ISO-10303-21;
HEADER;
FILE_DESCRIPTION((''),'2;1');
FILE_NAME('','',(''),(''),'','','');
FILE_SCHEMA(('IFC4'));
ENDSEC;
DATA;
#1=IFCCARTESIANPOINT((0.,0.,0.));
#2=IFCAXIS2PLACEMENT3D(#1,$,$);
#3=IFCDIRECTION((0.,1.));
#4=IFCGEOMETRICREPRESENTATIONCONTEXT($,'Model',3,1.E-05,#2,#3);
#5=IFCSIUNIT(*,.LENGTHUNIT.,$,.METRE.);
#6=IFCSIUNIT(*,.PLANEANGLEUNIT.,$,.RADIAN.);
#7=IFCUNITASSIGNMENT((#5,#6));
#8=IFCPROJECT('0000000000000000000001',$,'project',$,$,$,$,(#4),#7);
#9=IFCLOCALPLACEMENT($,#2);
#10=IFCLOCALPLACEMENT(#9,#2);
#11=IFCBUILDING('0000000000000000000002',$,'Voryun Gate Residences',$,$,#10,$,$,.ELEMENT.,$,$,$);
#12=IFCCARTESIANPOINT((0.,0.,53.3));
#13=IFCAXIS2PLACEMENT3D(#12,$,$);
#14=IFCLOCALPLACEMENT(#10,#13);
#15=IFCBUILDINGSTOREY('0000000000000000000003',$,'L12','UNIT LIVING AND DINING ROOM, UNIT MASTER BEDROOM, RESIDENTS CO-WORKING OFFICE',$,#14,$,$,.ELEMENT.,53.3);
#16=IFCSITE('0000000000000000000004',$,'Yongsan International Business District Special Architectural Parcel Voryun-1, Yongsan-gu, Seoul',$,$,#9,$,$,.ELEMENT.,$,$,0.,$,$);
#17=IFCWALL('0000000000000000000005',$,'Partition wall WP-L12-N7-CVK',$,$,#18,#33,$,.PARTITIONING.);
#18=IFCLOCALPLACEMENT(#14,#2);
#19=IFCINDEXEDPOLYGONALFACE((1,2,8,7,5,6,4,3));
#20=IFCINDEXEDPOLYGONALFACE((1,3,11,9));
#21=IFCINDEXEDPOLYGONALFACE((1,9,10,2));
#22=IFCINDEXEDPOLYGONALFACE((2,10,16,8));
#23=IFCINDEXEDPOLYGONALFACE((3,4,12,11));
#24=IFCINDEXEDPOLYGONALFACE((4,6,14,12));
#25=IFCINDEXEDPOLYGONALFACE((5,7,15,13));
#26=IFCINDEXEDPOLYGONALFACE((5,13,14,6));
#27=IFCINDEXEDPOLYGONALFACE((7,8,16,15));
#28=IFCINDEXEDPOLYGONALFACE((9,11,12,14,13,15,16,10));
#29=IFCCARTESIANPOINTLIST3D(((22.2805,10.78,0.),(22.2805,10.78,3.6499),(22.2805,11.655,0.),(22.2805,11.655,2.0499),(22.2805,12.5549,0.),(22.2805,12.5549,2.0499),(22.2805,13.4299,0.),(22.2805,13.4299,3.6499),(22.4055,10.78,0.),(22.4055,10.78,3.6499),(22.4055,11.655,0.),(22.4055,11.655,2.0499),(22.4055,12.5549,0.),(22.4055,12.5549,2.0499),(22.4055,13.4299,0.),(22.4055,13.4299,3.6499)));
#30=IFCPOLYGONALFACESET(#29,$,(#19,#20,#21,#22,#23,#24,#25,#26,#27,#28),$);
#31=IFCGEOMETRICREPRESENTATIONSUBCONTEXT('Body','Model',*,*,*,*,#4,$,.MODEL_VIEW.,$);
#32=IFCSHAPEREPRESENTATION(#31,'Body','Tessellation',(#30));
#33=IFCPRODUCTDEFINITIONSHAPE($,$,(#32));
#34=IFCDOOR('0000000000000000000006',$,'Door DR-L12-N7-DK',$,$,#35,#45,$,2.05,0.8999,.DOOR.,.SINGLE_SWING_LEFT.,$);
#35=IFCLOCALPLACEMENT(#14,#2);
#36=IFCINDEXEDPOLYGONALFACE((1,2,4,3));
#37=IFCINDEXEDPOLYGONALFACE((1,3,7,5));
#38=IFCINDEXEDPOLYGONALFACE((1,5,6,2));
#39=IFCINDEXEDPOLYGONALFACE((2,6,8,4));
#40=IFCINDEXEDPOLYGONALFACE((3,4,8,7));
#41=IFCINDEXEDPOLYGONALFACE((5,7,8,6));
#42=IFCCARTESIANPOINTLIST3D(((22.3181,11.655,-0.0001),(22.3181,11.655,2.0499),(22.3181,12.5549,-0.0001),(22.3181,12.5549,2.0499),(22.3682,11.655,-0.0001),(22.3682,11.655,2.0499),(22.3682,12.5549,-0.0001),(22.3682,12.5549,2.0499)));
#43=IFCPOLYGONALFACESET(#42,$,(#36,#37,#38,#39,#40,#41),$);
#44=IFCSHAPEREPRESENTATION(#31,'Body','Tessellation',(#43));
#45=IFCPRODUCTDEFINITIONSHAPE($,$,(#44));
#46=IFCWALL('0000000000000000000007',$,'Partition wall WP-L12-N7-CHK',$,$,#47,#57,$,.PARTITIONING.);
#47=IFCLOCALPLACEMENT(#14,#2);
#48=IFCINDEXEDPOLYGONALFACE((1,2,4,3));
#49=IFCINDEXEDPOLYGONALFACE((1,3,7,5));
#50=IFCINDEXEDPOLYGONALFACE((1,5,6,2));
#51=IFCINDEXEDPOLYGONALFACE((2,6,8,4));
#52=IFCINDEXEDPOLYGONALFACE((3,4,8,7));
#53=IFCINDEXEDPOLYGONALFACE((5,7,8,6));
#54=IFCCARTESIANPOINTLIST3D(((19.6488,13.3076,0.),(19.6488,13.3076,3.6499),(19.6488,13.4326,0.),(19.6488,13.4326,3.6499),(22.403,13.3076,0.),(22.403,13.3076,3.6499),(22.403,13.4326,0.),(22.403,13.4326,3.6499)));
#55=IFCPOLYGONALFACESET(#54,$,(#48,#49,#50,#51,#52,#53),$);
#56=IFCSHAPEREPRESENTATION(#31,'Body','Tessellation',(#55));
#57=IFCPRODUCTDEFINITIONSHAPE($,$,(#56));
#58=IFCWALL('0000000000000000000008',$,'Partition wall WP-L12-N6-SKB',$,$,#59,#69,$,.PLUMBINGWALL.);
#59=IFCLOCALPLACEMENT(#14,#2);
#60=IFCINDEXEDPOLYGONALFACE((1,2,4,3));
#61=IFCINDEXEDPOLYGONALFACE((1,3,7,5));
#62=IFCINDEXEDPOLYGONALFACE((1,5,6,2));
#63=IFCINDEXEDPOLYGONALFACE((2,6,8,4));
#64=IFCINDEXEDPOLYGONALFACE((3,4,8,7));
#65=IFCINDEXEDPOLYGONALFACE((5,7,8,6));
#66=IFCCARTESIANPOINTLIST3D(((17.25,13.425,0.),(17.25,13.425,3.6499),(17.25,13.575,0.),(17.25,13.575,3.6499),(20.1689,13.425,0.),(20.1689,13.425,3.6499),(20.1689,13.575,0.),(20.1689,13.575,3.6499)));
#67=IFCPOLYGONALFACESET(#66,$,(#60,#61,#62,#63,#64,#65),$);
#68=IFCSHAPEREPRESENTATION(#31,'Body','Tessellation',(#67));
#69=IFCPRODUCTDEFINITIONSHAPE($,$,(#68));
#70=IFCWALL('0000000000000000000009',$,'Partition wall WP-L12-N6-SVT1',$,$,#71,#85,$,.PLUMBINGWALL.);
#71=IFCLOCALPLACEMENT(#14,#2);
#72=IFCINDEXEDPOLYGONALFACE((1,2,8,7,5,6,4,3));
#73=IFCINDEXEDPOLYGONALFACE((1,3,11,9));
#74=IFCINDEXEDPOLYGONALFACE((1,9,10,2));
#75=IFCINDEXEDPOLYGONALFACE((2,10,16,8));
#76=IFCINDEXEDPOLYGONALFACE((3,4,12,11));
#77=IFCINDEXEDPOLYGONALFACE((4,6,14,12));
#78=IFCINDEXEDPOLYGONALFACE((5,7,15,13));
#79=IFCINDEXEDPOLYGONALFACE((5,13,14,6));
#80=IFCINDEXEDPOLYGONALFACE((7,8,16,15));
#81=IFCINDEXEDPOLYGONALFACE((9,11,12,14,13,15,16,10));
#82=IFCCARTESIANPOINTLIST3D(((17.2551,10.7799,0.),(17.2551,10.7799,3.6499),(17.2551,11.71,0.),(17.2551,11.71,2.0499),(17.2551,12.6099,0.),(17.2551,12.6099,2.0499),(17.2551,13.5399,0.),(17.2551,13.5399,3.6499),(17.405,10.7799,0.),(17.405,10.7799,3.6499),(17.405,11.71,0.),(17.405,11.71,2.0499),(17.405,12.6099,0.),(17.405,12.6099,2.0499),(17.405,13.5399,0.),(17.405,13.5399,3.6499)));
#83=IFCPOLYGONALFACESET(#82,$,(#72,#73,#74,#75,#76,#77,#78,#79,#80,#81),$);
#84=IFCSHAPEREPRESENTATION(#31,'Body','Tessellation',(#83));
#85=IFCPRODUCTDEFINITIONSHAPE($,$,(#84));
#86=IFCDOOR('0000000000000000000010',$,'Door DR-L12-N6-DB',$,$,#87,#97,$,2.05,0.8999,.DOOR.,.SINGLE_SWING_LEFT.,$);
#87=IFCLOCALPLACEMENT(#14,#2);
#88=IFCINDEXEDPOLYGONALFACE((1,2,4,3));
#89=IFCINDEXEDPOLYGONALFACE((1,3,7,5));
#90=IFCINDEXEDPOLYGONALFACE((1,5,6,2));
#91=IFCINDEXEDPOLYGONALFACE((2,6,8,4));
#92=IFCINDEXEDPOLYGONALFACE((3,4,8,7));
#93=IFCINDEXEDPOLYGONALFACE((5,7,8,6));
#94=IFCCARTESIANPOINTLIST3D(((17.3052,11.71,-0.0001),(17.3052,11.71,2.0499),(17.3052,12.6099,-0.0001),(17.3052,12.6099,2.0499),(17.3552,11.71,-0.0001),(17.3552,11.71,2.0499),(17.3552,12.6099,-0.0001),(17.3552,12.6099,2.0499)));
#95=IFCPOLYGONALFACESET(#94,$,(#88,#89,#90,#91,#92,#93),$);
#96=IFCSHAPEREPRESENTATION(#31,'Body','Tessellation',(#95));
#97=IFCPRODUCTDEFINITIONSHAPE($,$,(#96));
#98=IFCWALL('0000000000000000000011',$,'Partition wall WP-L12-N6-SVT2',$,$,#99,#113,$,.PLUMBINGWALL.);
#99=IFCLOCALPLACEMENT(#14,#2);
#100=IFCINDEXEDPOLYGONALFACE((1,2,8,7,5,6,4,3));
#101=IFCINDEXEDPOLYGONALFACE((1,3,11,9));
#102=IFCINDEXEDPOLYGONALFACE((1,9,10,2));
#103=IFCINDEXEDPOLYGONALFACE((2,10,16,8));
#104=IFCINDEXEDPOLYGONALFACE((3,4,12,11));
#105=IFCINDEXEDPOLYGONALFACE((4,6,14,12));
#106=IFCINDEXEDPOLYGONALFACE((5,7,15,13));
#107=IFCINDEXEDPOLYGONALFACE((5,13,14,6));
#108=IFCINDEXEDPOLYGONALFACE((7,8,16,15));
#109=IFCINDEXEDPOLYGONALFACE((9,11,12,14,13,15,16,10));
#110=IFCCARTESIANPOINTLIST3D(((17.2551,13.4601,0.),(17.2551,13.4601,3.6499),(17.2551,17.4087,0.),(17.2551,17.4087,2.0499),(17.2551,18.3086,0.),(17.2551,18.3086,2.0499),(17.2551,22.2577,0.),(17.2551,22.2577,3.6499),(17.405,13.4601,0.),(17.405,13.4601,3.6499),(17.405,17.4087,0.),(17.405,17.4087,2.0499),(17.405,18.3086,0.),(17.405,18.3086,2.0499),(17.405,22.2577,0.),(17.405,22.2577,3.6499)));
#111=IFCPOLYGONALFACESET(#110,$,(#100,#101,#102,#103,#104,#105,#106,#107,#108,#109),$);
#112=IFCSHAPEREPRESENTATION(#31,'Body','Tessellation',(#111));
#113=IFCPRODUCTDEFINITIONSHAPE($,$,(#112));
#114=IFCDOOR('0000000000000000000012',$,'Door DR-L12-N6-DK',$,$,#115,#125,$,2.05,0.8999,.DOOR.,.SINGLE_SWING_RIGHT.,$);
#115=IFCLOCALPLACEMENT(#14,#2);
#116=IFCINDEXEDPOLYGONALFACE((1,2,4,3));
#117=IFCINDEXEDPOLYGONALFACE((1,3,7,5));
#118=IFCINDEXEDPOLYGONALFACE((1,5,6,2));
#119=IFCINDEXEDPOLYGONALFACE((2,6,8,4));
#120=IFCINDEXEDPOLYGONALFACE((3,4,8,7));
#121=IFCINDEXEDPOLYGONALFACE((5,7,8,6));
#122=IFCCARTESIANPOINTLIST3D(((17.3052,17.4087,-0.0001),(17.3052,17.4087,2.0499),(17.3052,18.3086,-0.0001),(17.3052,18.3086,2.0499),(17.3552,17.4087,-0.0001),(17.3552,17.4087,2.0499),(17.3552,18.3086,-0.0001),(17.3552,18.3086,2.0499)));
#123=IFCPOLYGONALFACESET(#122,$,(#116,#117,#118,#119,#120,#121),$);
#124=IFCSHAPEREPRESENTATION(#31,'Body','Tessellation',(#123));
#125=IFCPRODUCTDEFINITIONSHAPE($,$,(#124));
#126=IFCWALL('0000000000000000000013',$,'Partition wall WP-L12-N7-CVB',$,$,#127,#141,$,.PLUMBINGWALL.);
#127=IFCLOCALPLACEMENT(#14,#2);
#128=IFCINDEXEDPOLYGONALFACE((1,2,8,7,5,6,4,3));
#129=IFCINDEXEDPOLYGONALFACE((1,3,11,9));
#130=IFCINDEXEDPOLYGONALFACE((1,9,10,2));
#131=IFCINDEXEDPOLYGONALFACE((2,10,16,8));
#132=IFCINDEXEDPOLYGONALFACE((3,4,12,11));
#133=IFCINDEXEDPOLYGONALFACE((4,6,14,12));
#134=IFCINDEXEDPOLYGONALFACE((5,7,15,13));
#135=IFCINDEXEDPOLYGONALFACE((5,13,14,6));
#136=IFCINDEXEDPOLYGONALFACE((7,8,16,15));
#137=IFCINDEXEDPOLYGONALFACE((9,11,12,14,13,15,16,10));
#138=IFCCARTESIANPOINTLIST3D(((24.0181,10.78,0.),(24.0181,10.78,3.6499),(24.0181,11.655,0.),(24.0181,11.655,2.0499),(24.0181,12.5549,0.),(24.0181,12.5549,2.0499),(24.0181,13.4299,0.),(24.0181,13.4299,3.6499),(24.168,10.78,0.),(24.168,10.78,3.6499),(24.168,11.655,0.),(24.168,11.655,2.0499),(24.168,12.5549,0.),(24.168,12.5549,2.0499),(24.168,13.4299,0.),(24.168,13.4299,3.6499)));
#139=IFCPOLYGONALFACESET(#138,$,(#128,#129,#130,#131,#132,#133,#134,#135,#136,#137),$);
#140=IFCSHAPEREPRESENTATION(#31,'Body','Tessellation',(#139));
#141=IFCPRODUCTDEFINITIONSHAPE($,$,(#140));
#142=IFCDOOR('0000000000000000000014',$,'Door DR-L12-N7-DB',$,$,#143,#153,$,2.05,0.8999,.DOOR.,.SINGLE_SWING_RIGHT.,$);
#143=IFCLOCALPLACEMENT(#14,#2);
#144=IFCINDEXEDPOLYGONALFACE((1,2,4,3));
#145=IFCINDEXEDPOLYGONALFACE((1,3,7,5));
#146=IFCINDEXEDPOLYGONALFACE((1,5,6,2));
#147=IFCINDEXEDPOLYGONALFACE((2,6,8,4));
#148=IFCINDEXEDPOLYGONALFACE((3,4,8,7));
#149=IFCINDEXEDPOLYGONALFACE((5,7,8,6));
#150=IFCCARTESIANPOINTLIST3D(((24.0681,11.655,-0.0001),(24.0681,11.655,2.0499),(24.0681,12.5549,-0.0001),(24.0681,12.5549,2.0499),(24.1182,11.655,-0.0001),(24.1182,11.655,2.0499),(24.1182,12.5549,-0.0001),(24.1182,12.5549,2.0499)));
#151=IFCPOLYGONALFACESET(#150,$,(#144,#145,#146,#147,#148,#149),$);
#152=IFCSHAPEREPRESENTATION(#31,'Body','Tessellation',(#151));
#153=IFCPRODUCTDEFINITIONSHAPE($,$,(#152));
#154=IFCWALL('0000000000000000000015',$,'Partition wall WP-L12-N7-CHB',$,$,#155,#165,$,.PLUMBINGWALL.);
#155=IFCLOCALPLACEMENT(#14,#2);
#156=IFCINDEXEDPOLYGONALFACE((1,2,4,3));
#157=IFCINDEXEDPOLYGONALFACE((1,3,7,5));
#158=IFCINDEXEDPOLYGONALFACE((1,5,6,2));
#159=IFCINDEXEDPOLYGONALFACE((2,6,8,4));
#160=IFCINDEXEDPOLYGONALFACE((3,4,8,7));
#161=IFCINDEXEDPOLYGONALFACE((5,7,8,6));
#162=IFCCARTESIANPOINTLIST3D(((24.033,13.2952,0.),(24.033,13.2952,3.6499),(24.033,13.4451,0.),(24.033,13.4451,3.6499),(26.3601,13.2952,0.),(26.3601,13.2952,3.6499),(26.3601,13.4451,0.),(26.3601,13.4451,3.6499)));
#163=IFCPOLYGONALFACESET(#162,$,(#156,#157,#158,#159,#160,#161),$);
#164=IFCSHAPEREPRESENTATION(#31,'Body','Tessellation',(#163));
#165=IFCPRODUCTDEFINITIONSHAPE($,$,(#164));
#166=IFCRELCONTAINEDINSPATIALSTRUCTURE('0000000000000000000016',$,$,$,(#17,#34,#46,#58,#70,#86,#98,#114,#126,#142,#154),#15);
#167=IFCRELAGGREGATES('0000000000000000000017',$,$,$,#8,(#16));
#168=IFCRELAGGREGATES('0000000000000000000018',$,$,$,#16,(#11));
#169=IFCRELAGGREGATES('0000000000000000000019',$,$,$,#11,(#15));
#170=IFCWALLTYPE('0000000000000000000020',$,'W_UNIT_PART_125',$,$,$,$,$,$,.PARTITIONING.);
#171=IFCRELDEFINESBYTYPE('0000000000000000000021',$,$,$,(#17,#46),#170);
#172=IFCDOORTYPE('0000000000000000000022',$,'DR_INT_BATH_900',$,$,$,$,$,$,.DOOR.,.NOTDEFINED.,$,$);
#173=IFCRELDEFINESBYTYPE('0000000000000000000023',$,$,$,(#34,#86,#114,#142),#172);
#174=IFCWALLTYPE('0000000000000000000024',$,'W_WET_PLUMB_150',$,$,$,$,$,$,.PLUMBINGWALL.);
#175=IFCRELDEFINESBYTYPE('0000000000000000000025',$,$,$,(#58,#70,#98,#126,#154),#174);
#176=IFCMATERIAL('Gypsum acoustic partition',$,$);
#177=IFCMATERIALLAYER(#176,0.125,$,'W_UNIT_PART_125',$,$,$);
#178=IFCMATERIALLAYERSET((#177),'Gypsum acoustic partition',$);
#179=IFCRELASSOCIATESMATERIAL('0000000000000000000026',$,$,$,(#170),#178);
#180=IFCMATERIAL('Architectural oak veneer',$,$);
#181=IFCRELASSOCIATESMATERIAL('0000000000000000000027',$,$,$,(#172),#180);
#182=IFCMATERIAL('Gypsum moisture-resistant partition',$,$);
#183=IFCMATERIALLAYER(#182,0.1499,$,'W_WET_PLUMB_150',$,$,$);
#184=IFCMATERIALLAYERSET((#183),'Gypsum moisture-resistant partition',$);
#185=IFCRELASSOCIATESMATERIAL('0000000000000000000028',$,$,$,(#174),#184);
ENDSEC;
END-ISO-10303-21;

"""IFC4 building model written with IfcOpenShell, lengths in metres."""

from ifc_helpers import new_model, si_unit, direction, frame, frame_2d, origin, place, context, subcontext, project, spatial, rectangle, extrude, material, layer, layer_set, type_object, element, fill, save


model = new_model("IFC4")

# Units and contexts
model_context = context("Model", 3, precision=1e-05, world=origin(), true_north=direction((0.0, 1.0)))
body_context = subcontext(model_context, "Body", "Model", "MODEL_VIEW")
ifc_project = project(units=[si_unit("LENGTHUNIT", "METRE"), si_unit("PLANEANGLEUNIT", "RADIAN")], contexts=[model_context])

# Site, building, storey
site_placement = place(None, origin())
site = spatial("IfcSite", under=ifc_project, at=site_placement, Name="Yongsan International Business District Special Architectural Parcel Voryun-1, Yongsan-gu, Seoul", CompositionType="ELEMENT", RefElevation=0.0)
building_placement = place(site_placement, origin())
building = spatial("IfcBuilding", under=site, at=building_placement, Name="Voryun Gate Residences", CompositionType="ELEMENT")
storey_placement = place(building_placement, frame((0.0, 0.0, 53.3)))
storey = spatial("IfcBuildingStorey", under=building, at=storey_placement, Name="L12", Description="UNIT LIVING AND DINING ROOM, UNIT MASTER BEDROOM, RESIDENTS CO-WORKING OFFICE", CompositionType="ELEMENT", Elevation=53.3)

# Wall, opening, door
ifc_material_1 = material(Name="Gypsum acoustic partition")
ifc_layer_1 = layer(ifc_material_1, 0.125, Name="W_UNIT_PART_125")
ifc_layer_set_1 = layer_set([ifc_layer_1], Name="Gypsum acoustic partition")
wall_type_1 = type_object("IfcWallType", Name="W_UNIT_PART_125", PredefinedType="PARTITIONING", material=ifc_layer_set_1)
wall_1_placement = place(storey_placement, frame((22.343, 10.78, 0.0), z_axis=(0.0, 0.0, 1.0), x_axis=(0.0, 1.0, 0.0)))
wall_1 = element("IfcWall", 1, at=wall_1_placement, inside=storey, type_object=wall_type_1, Name="Partition wall WP-L12-N7-CVK", PredefinedType="PARTITIONING", context=body_context, shape_type="SweptSolid", body=[
    extrude(rectangle(XDim=2.6499, YDim=0.125, at=frame_2d((1.325, 0.0))), origin(), (0.0, 0.0, 1.0), 3.6499),
])
opening_1_placement = place(wall_1_placement, frame((0.875, 0.0, 0.0)))
opening_1 = element("IfcOpeningElement", 2, at=opening_1_placement, cuts=wall_1, PredefinedType="OPENING", context=body_context, shape_type="SweptSolid", body=[
    extrude(rectangle(XDim=0.8999, YDim=2.05, at=frame_2d((0.45, 1.0249))), frame((0.0, 0.0725, 0.0), z_axis=(0.0, -1.0, 0.0), x_axis=(1.0, 0.0, 0.0)), (0.0, 0.0, 1.0), 0.145),
])
ifc_material_2 = material(Name="Architectural oak veneer")
door_type = type_object("IfcDoorType", Name="DR_INT_BATH_900", OperationType="NOTDEFINED", PredefinedType="DOOR", material=ifc_material_2)
door_1_placement = place(opening_1_placement, origin())
door_1 = element("IfcDoor", 3, at=door_1_placement, inside=storey, type_object=door_type, Name="Door DR-L12-N7-DK", OperationType="SINGLE_SWING_LEFT", OverallHeight=2.05, OverallWidth=0.8999, PredefinedType="DOOR", context=body_context, shape_type="SweptSolid", body=[
    extrude(rectangle(XDim=0.8999, YDim=2.05, at=frame_2d((0.45, 1.0249))), frame((0.0, 0.0249, 0.0), z_axis=(0.0, -1.0, 0.0), x_axis=(1.0, 0.0, 0.0)), (0.0, 0.0, 1.0), 0.05),
])
fill(opening_1, door_1)

# Walls
wall_2_placement = place(storey_placement, frame((19.6489, 13.3701, 0.0), z_axis=(0.0, 0.0, 1.0), x_axis=(1.0, 0.0, 0.0)))
element("IfcWall", 4, at=wall_2_placement, inside=storey, type_object=wall_type_1, Name="Partition wall WP-L12-N7-CHK", PredefinedType="PARTITIONING", context=body_context, shape_type="SweptSolid", body=[
    extrude(rectangle(XDim=2.7542, YDim=0.125, at=frame_2d((1.377, 0.0))), origin(), (0.0, 0.0, 1.0), 3.6499),
])
ifc_material_3 = material(Name="Gypsum moisture-resistant partition")
ifc_layer_2 = layer(ifc_material_3, 0.1499, Name="W_WET_PLUMB_150")
ifc_layer_set_2 = layer_set([ifc_layer_2], Name="Gypsum moisture-resistant partition")
wall_type_2 = type_object("IfcWallType", Name="W_WET_PLUMB_150", PredefinedType="PLUMBINGWALL", material=ifc_layer_set_2)
wall_3_placement = place(storey_placement, frame((17.25, 13.5, 0.0), z_axis=(0.0, 0.0, 1.0), x_axis=(1.0, 0.0, 0.0)))
element("IfcWall", 5, at=wall_3_placement, inside=storey, type_object=wall_type_2, Name="Partition wall WP-L12-N6-SKB", PredefinedType="PLUMBINGWALL", context=body_context, shape_type="SweptSolid", body=[
    extrude(rectangle(XDim=2.9189, YDim=0.1499, at=frame_2d((1.4595, 0.0))), origin(), (0.0, 0.0, 1.0), 3.6499),
])

# Walls, openings, doors
wall_4_placement = place(storey_placement, frame((17.3301, 10.78, 0.0), z_axis=(0.0, 0.0, 1.0), x_axis=(0.0, 1.0, 0.0)))
wall_4 = element("IfcWall", 6, at=wall_4_placement, inside=storey, type_object=wall_type_2, Name="Partition wall WP-L12-N6-SVT1", PredefinedType="PLUMBINGWALL", context=body_context, shape_type="SweptSolid", body=[
    extrude(rectangle(XDim=2.76, YDim=0.1499, at=frame_2d((1.3799, 0.0))), origin(), (0.0, 0.0, 1.0), 3.6499),
])
opening_2_placement = place(wall_4_placement, frame((0.9299, 0.0, 0.0)))
opening_2 = element("IfcOpeningElement", 7, at=opening_2_placement, cuts=wall_4, PredefinedType="OPENING", context=body_context, shape_type="SweptSolid", body=[
    extrude(rectangle(XDim=0.8999, YDim=2.05, at=frame_2d((0.45, 1.0249))), frame((0.0, 0.085, 0.0), z_axis=(0.0, -1.0, 0.0), x_axis=(1.0, 0.0, 0.0)), (0.0, 0.0, 1.0), 0.1699),
])
door_2_placement = place(opening_2_placement, origin())
door_2 = element("IfcDoor", 8, at=door_2_placement, inside=storey, type_object=door_type, Name="Door DR-L12-N6-DB", OperationType="SINGLE_SWING_LEFT", OverallHeight=2.05, OverallWidth=0.8999, PredefinedType="DOOR", context=body_context, shape_type="SweptSolid", body=[
    extrude(rectangle(XDim=0.8999, YDim=2.05, at=frame_2d((0.45, 1.0249))), frame((0.0, 0.0249, 0.0), z_axis=(0.0, -1.0, 0.0), x_axis=(1.0, 0.0, 0.0)), (0.0, 0.0, 1.0), 0.05),
])
fill(opening_2, door_2)
wall_5_placement = place(storey_placement, frame((17.3301, 13.46, 0.0), z_axis=(0.0, 0.0, 1.0), x_axis=(0.0, 1.0, 0.0)))
wall_5 = element("IfcWall", 9, at=wall_5_placement, inside=storey, type_object=wall_type_2, Name="Partition wall WP-L12-N6-SVT2", PredefinedType="PLUMBINGWALL", context=body_context, shape_type="SweptSolid", body=[
    extrude(rectangle(XDim=8.7976, YDim=0.1499, at=frame_2d((4.3989, 0.0))), origin(), (0.0, 0.0, 1.0), 3.6499),
])
opening_3_placement = place(wall_5_placement, frame((3.9487, 0.0, 0.0)))
opening_3 = element("IfcOpeningElement", 10, at=opening_3_placement, cuts=wall_5, PredefinedType="OPENING", context=body_context, shape_type="SweptSolid", body=[
    extrude(rectangle(XDim=0.8999, YDim=2.05, at=frame_2d((0.45, 1.0249))), frame((0.0, 0.085, 0.0), z_axis=(0.0, -1.0, 0.0), x_axis=(1.0, 0.0, 0.0)), (0.0, 0.0, 1.0), 0.1699),
])
door_3_placement = place(opening_3_placement, origin())
door_3 = element("IfcDoor", 11, at=door_3_placement, inside=storey, type_object=door_type, Name="Door DR-L12-N6-DK", OperationType="SINGLE_SWING_RIGHT", OverallHeight=2.05, OverallWidth=0.8999, PredefinedType="DOOR", context=body_context, shape_type="SweptSolid", body=[
    extrude(rectangle(XDim=0.8999, YDim=2.05, at=frame_2d((0.45, 1.0249))), frame((0.0, 0.0249, 0.0), z_axis=(0.0, -1.0, 0.0), x_axis=(1.0, 0.0, 0.0)), (0.0, 0.0, 1.0), 0.05),
])
fill(opening_3, door_3)
wall_6_placement = place(storey_placement, frame((24.093, 10.78, 0.0), z_axis=(0.0, 0.0, 1.0), x_axis=(0.0, 1.0, 0.0)))
wall_6 = element("IfcWall", 12, at=wall_6_placement, inside=storey, type_object=wall_type_2, Name="Partition wall WP-L12-N7-CVB", PredefinedType="PLUMBINGWALL", context=body_context, shape_type="SweptSolid", body=[
    extrude(rectangle(XDim=2.6499, YDim=0.1499, at=frame_2d((1.325, 0.0))), origin(), (0.0, 0.0, 1.0), 3.6499),
])
opening_4_placement = place(wall_6_placement, frame((0.875, 0.0, 0.0)))
opening_4 = element("IfcOpeningElement", 13, at=opening_4_placement, cuts=wall_6, PredefinedType="OPENING", context=body_context, shape_type="SweptSolid", body=[
    extrude(rectangle(XDim=0.8999, YDim=2.05, at=frame_2d((0.45, 1.0249))), frame((0.0, 0.085, 0.0), z_axis=(0.0, -1.0, 0.0), x_axis=(1.0, 0.0, 0.0)), (0.0, 0.0, 1.0), 0.1699),
])
door_4_placement = place(opening_4_placement, origin())
door_4 = element("IfcDoor", 14, at=door_4_placement, inside=storey, type_object=door_type, Name="Door DR-L12-N7-DB", OperationType="SINGLE_SWING_RIGHT", OverallHeight=2.05, OverallWidth=0.8999, PredefinedType="DOOR", context=body_context, shape_type="SweptSolid", body=[
    extrude(rectangle(XDim=0.8999, YDim=2.05, at=frame_2d((0.45, 1.0249))), frame((0.0, 0.0249, 0.0), z_axis=(0.0, -1.0, 0.0), x_axis=(1.0, 0.0, 0.0)), (0.0, 0.0, 1.0), 0.05),
])
fill(opening_4, door_4)

# Wall
wall_7_placement = place(storey_placement, frame((24.033, 13.3701, 0.0), z_axis=(0.0, 0.0, 1.0), x_axis=(1.0, 0.0, 0.0)))
element("IfcWall", 15, at=wall_7_placement, inside=storey, type_object=wall_type_2, Name="Partition wall WP-L12-N7-CHB", PredefinedType="PLUMBINGWALL", context=body_context, shape_type="SweptSolid", body=[
    extrude(rectangle(XDim=2.3271, YDim=0.1499, at=frame_2d((1.1636, 0.0))), origin(), (0.0, 0.0, 1.0), 3.6499),
])

save(model, "model.ifc")
